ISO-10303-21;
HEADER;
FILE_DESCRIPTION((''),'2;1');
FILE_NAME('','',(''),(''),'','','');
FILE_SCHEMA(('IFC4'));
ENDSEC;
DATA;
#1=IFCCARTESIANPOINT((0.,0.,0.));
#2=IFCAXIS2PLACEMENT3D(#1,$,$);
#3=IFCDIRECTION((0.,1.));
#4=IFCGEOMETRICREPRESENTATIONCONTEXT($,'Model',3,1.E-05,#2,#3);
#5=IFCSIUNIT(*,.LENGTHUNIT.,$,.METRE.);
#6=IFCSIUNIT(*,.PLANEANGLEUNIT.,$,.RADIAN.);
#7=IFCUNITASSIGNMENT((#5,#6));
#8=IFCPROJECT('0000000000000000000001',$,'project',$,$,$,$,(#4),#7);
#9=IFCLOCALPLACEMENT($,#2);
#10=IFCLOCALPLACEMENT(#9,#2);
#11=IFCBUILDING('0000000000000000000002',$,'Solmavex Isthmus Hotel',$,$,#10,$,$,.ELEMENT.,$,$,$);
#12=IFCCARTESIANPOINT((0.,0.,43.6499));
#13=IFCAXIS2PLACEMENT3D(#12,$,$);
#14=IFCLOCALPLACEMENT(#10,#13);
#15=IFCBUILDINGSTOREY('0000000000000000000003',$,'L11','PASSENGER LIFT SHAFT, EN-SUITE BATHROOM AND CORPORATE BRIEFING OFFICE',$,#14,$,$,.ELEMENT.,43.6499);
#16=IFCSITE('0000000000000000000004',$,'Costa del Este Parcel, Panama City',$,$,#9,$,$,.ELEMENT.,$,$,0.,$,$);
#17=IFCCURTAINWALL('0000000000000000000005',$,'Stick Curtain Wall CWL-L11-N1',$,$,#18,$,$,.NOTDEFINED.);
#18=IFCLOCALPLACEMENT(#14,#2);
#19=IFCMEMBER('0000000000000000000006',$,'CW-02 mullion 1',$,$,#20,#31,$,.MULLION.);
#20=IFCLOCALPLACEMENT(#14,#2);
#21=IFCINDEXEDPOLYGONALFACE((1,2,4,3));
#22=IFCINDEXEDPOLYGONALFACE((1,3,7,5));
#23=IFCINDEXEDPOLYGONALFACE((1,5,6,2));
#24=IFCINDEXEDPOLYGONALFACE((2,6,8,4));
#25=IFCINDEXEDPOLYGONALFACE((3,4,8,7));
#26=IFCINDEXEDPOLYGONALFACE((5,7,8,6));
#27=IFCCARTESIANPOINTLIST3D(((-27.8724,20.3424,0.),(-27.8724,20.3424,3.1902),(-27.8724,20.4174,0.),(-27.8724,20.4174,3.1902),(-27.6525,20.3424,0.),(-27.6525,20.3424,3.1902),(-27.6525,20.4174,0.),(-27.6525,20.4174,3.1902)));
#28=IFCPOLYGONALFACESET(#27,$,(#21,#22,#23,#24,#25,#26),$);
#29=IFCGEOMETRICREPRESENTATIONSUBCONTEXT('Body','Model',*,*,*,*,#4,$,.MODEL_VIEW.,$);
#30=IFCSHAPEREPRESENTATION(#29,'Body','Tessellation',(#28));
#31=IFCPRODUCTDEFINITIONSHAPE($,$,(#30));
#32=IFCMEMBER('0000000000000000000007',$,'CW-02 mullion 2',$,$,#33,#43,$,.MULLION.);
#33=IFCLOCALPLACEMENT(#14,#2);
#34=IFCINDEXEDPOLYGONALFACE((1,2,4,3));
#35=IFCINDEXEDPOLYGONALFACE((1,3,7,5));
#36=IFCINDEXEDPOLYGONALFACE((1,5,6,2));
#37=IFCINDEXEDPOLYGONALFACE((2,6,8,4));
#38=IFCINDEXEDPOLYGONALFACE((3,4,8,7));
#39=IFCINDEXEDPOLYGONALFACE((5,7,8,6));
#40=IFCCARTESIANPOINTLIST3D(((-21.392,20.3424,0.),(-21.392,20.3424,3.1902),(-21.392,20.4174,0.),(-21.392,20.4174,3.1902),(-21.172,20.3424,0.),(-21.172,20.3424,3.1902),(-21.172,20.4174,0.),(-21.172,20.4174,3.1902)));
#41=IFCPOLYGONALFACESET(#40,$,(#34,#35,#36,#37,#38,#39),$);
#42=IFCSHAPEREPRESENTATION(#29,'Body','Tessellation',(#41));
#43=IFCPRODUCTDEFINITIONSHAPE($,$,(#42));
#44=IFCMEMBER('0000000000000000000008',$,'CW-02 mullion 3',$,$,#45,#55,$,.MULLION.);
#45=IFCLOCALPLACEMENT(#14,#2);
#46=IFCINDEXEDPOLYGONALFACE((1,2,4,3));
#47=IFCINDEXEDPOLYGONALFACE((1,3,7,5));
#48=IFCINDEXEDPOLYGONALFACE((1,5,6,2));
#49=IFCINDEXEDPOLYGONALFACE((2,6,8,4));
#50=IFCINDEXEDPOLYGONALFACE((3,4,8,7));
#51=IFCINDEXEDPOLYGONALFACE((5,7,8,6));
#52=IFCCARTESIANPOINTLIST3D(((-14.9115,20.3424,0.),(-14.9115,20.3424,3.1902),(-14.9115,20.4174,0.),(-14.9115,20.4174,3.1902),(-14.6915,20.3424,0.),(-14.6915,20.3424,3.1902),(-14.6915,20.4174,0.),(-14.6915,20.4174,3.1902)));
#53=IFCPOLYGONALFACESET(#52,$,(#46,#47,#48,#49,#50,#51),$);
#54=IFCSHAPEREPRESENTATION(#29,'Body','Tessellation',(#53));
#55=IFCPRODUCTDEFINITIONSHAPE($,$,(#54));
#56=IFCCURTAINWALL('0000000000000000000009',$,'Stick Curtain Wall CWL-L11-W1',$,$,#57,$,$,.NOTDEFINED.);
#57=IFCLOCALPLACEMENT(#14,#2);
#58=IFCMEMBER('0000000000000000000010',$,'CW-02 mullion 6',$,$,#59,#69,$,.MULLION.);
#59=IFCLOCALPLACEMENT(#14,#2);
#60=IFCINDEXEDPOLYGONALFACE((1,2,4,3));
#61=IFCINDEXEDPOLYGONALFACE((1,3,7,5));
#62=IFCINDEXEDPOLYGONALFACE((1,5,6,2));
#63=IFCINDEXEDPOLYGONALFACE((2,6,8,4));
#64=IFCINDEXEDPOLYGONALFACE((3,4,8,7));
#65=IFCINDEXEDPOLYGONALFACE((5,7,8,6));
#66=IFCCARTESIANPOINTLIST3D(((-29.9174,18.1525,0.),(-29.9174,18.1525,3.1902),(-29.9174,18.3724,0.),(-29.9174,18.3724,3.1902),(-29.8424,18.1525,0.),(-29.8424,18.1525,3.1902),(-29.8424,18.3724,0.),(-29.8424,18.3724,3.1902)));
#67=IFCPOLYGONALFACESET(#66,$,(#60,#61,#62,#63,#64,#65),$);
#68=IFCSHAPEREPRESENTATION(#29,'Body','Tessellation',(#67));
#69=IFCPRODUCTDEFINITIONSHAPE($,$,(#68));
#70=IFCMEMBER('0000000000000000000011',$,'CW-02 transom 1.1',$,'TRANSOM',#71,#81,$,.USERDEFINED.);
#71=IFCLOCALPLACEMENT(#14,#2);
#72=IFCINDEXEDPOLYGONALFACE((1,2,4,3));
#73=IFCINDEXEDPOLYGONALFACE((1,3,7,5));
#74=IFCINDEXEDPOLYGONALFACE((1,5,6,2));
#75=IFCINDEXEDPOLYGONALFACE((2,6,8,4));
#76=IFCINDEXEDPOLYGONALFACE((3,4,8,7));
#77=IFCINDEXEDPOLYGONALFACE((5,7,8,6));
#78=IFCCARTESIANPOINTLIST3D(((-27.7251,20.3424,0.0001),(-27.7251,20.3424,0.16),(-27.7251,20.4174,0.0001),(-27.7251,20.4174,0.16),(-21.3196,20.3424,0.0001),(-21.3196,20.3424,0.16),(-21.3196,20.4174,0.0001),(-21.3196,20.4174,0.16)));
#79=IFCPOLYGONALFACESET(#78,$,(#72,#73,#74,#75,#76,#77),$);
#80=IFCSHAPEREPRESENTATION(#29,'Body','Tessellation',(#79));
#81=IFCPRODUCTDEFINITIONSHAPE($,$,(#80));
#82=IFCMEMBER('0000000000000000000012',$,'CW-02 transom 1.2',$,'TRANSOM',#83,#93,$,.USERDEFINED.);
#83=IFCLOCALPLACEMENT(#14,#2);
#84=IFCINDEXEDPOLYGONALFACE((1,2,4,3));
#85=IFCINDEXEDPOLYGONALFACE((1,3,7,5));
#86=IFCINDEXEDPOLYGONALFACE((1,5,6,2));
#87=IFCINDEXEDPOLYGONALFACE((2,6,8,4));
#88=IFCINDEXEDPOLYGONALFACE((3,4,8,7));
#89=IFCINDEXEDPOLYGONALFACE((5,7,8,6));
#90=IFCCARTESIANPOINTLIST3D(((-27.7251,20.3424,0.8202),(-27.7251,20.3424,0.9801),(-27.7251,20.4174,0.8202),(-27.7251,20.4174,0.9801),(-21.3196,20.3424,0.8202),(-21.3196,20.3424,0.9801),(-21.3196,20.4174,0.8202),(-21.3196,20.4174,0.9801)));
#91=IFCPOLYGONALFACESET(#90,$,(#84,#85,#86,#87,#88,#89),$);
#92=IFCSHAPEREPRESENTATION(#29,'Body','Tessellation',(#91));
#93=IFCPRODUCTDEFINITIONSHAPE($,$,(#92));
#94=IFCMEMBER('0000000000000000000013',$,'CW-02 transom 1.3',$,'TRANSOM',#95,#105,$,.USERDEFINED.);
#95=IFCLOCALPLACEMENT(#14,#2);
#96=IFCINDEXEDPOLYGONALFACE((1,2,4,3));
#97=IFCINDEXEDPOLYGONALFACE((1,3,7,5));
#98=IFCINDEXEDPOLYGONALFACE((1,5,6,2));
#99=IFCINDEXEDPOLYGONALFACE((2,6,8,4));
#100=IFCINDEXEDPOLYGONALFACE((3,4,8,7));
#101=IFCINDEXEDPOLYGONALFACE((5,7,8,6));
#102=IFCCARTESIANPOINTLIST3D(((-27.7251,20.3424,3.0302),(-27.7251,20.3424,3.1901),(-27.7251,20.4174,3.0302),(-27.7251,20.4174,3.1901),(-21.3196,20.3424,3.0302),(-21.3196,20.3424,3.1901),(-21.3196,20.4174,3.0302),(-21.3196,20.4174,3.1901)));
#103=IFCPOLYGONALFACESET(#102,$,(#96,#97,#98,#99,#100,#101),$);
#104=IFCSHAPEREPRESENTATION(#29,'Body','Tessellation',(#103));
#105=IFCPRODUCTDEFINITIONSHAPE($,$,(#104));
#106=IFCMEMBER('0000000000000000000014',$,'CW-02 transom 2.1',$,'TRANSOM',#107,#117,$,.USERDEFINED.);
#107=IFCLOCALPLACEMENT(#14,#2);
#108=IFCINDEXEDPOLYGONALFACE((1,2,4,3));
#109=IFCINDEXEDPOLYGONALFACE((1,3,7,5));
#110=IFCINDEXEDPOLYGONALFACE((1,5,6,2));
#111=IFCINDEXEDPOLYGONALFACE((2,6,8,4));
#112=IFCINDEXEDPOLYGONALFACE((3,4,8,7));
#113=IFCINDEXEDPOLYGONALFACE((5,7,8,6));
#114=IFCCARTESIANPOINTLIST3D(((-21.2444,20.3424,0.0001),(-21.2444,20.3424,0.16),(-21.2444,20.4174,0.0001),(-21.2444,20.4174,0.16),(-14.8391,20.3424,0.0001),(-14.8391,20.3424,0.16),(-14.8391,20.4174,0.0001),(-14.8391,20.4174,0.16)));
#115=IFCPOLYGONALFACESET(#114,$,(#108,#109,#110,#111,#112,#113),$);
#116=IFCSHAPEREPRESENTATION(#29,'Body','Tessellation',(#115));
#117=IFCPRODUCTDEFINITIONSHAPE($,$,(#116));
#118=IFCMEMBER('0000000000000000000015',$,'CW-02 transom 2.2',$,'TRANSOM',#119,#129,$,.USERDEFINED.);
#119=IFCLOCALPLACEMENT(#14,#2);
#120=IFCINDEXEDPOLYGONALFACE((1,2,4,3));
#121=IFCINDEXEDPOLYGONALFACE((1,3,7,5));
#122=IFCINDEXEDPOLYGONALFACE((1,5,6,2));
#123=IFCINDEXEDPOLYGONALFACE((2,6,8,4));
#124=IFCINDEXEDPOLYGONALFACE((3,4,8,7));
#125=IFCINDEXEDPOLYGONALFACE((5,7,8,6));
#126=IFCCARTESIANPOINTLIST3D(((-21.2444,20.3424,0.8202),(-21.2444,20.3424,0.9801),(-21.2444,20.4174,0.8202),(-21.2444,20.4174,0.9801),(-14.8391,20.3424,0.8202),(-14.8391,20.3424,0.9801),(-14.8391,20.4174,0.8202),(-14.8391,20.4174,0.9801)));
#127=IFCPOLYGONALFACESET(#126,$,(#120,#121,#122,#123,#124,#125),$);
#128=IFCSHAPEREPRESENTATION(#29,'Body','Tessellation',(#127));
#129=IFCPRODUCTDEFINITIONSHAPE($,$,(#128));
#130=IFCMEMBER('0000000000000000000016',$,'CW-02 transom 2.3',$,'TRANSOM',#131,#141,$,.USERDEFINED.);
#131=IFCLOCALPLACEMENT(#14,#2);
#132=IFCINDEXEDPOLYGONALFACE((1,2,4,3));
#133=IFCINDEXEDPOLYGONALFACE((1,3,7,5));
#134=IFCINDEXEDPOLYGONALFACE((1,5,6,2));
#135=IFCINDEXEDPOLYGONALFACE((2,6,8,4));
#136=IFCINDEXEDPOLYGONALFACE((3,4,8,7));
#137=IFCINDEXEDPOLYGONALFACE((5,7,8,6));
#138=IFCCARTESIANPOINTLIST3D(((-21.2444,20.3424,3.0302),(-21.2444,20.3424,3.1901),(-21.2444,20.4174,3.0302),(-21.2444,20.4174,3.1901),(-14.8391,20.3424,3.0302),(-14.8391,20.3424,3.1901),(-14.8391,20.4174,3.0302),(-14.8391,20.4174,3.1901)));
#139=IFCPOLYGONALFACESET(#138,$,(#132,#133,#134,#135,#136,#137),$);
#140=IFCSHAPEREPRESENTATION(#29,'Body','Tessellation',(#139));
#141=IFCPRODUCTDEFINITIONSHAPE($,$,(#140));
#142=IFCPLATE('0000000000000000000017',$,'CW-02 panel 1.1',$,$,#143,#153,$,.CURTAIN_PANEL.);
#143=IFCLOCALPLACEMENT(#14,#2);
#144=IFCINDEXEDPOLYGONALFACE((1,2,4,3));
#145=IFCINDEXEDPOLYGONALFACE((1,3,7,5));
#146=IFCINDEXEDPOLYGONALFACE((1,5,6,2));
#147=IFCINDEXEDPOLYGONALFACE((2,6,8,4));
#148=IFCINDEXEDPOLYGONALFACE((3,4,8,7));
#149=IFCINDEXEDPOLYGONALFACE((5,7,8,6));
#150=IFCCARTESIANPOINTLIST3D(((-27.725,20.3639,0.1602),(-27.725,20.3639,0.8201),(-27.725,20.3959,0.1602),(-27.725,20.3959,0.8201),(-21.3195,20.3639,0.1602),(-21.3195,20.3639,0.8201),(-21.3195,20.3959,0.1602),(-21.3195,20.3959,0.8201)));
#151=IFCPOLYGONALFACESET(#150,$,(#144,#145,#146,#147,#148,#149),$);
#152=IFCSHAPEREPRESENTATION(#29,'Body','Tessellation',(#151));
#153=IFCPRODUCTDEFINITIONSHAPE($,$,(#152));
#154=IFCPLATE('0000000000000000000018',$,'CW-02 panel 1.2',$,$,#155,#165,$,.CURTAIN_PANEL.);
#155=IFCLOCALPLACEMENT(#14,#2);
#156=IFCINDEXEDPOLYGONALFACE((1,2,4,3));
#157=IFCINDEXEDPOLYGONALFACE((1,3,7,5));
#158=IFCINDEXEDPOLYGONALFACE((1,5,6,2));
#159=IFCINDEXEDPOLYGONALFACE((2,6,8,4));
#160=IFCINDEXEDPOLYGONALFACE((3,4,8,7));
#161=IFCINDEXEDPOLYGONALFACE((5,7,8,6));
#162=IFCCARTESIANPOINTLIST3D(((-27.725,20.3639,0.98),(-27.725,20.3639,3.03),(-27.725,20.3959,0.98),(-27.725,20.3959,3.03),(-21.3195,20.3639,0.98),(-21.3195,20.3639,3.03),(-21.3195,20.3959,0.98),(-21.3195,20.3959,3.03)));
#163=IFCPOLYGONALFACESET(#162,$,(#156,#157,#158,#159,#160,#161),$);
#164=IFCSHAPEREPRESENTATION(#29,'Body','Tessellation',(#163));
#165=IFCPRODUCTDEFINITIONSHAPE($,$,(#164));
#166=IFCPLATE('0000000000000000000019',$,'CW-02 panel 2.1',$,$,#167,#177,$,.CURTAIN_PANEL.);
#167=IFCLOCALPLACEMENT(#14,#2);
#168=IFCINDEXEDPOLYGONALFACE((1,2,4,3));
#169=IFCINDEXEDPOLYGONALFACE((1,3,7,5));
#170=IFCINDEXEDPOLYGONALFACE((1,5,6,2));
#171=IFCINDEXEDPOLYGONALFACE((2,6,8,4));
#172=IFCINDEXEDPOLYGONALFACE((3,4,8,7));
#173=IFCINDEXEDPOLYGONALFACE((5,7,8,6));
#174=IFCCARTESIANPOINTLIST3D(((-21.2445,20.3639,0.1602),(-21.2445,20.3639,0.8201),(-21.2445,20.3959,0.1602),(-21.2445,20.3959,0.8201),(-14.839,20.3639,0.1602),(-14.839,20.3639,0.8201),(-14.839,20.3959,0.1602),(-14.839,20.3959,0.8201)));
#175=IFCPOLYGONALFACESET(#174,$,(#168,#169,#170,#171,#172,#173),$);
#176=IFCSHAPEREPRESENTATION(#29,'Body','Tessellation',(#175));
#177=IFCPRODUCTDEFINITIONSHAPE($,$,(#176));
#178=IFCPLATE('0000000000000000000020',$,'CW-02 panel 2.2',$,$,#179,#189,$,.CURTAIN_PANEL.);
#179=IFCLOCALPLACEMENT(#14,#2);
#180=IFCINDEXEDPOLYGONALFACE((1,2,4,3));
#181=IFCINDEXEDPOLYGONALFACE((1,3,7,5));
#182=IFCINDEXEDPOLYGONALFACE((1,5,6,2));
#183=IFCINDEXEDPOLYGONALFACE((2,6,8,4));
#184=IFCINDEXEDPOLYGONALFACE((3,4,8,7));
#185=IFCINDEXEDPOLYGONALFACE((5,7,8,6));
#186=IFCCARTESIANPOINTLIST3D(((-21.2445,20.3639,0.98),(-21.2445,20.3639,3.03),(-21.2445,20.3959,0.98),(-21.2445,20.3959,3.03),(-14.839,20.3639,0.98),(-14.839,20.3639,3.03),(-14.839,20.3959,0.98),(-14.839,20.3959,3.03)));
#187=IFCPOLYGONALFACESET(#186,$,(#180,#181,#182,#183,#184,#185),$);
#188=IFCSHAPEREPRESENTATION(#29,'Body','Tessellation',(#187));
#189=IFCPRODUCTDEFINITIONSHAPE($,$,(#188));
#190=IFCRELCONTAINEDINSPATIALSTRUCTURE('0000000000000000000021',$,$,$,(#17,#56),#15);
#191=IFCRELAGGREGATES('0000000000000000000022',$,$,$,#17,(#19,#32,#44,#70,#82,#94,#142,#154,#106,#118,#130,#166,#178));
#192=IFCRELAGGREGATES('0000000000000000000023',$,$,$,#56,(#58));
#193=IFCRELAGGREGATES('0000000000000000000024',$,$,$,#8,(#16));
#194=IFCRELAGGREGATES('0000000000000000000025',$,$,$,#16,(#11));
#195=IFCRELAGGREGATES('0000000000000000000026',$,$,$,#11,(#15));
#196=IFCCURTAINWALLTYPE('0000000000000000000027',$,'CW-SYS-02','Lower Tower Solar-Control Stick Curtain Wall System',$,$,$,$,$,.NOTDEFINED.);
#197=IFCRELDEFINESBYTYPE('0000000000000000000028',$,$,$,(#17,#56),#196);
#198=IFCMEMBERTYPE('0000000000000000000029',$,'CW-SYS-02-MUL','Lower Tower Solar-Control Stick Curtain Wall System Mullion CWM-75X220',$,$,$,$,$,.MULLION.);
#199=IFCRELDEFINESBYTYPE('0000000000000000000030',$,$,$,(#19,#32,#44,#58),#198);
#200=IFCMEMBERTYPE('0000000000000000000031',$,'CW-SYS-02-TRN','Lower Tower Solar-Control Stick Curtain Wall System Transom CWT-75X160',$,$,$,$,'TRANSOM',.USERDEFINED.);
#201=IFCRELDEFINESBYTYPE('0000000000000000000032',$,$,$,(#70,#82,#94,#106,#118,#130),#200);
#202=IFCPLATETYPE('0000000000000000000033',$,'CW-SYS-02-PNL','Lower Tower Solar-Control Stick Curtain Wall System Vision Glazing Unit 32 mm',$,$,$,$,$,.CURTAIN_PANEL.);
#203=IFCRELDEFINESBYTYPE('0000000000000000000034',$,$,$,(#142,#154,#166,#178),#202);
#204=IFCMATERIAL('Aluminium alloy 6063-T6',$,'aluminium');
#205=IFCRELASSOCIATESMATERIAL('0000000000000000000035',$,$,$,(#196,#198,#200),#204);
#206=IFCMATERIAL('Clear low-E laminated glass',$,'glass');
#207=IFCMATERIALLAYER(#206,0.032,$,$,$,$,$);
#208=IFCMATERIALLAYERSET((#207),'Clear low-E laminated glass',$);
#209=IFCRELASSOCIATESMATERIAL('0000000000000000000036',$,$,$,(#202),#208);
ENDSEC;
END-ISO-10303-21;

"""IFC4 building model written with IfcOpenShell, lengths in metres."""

from ifc_helpers import new_model, si_unit, direction, frame, origin, origin_2d, place, context, subcontext, project, spatial, rectangle, extrude, material, layer, layer_set, material_profile, profile_set, type_object, element, aggregate, save


model = new_model("IFC4")

# Units and contexts
model_context = context("Model", 3, precision=1e-05, world=origin(), true_north=direction((0.0, 1.0)))
body_context = subcontext(model_context, "Body", "Model", "MODEL_VIEW")
ifc_project = project(units=[si_unit("LENGTHUNIT", "METRE"), si_unit("PLANEANGLEUNIT", "RADIAN")], contexts=[model_context])

# Site, building, storey
site_placement = place(None, origin())
site = spatial("IfcSite", under=ifc_project, at=site_placement, Name="Costa del Este Parcel, Panama City", CompositionType="ELEMENT", RefElevation=0.0)
building_placement = place(site_placement, origin())
building = spatial("IfcBuilding", under=site, at=building_placement, Name="Solmavex Isthmus Hotel", CompositionType="ELEMENT")
storey_placement = place(building_placement, frame((0.0, 0.0, 43.6499)))
storey = spatial("IfcBuildingStorey", under=building, at=storey_placement, Name="L11", Description="PASSENGER LIFT SHAFT, EN-SUITE BATHROOM AND CORPORATE BRIEFING OFFICE", CompositionType="ELEMENT", Elevation=43.6499)

# Curtain wall, members
ifc_material_1 = material(Name="Aluminium alloy 6063-T6", Category="aluminium")
curtain_wall_type = type_object("IfcCurtainWallType", Name="CW-SYS-02", Description="Lower Tower Solar-Control Stick Curtain Wall System", PredefinedType="NOTDEFINED", material=ifc_material_1)
curtain_wall_1_placement = place(storey_placement, origin())
curtain_wall_1 = element("IfcCurtainWall", 1, at=curtain_wall_1_placement, inside=storey, type_object=curtain_wall_type, Name="Stick Curtain Wall CWL-L11-N1", PredefinedType="NOTDEFINED")
ifc_material_profile_1 = material_profile(ifc_material_1, rectangle(XDim=0.075, YDim=0.22, at=origin_2d()), Name="CWM-75X220")
ifc_profile_set_1 = profile_set([ifc_material_profile_1], Name="Aluminium alloy 6063-T6")
member_type_1 = type_object("IfcMemberType", Name="CW-SYS-02-MUL", Description="Lower Tower Solar-Control Stick Curtain Wall System Mullion CWM-75X220", PredefinedType="MULLION", material=ifc_profile_set_1)
member_1_placement = place(storey_placement, frame((-27.7625, 20.3799, 0.0), z_axis=(0.0, 0.0, 1.0), x_axis=(0.0, 1.0, 0.0)))
member_1 = element("IfcMember", 2, at=member_1_placement, type_object=member_type_1, Name="CW-02 mullion 1", PredefinedType="MULLION", context=body_context, shape_type="SweptSolid", body=[
    extrude(rectangle(XDim=0.075, YDim=0.22, at=origin_2d()), origin(), (0.0, 0.0, 1.0), 3.1902),
])
member_2_placement = place(storey_placement, frame((-21.282, 20.3799, 0.0), z_axis=(0.0, 0.0, 1.0), x_axis=(0.0, 1.0, 0.0)))
member_2 = element("IfcMember", 3, at=member_2_placement, type_object=member_type_1, Name="CW-02 mullion 2", PredefinedType="MULLION", context=body_context, shape_type="SweptSolid", body=[
    extrude(rectangle(XDim=0.075, YDim=0.22, at=origin_2d()), origin(), (0.0, 0.0, 1.0), 3.1902),
])
member_3_placement = place(storey_placement, frame((-14.8015, 20.3799, 0.0), z_axis=(0.0, 0.0, 1.0), x_axis=(0.0, 1.0, 0.0)))
member_3 = element("IfcMember", 4, at=member_3_placement, type_object=member_type_1, Name="CW-02 mullion 3", PredefinedType="MULLION", context=body_context, shape_type="SweptSolid", body=[
    extrude(rectangle(XDim=0.075, YDim=0.22, at=origin_2d()), origin(), (0.0, 0.0, 1.0), 3.1902),
])

# Curtain wall, member
curtain_wall_2_placement = place(storey_placement, origin())
curtain_wall_2 = element("IfcCurtainWall", 5, at=curtain_wall_2_placement, inside=storey, type_object=curtain_wall_type, Name="Stick Curtain Wall CWL-L11-W1", PredefinedType="NOTDEFINED")
member_4_placement = place(storey_placement, frame((-29.8799, 18.2625, 0.0), z_axis=(0.0, 0.0, 1.0), x_axis=(-1.0, 0.0, 0.0)))
member_4 = element("IfcMember", 6, at=member_4_placement, type_object=member_type_1, Name="CW-02 mullion 6", PredefinedType="MULLION", context=body_context, shape_type="SweptSolid", body=[
    extrude(rectangle(XDim=0.075, YDim=0.22, at=origin_2d()), origin(), (0.0, 0.0, 1.0), 3.1902),
])

# Members
ifc_material_profile_2 = material_profile(ifc_material_1, rectangle(XDim=0.075, YDim=0.1599, at=origin_2d()), Name="CWT-75X160")
ifc_profile_set_2 = profile_set([ifc_material_profile_2], Name="Aluminium alloy 6063-T6")
member_type_2 = type_object("IfcMemberType", Name="CW-SYS-02-TRN", Description="Lower Tower Solar-Control Stick Curtain Wall System Transom CWT-75X160", ElementType="TRANSOM", PredefinedType="USERDEFINED", material=ifc_profile_set_2)
member_5_placement = place(storey_placement, frame((-27.7251, 20.3799, 0.0801), z_axis=(1.0, 0.0, 0.0), x_axis=(0.0, 1.0, 0.0)))
member_5 = element("IfcMember", 7, at=member_5_placement, type_object=member_type_2, Name="CW-02 transom 1.1", ObjectType="TRANSOM", PredefinedType="USERDEFINED", context=body_context, shape_type="SweptSolid", body=[
    extrude(rectangle(XDim=0.075, YDim=0.1599, at=origin_2d()), origin(), (0.0, 0.0, 1.0), 6.4055),
])
member_6_placement = place(storey_placement, frame((-27.7251, 20.3799, 0.9001), z_axis=(1.0, 0.0, 0.0), x_axis=(0.0, 1.0, 0.0)))
member_6 = element("IfcMember", 8, at=member_6_placement, type_object=member_type_2, Name="CW-02 transom 1.2", ObjectType="TRANSOM", PredefinedType="USERDEFINED", context=body_context, shape_type="SweptSolid", body=[
    extrude(rectangle(XDim=0.075, YDim=0.1599, at=origin_2d()), origin(), (0.0, 0.0, 1.0), 6.4055),
])
member_7_placement = place(storey_placement, frame((-27.7251, 20.3799, 3.1101), z_axis=(1.0, 0.0, 0.0), x_axis=(0.0, 1.0, 0.0)))
member_7 = element("IfcMember", 9, at=member_7_placement, type_object=member_type_2, Name="CW-02 transom 1.3", ObjectType="TRANSOM", PredefinedType="USERDEFINED", context=body_context, shape_type="SweptSolid", body=[
    extrude(rectangle(XDim=0.075, YDim=0.1599, at=origin_2d()), origin(), (0.0, 0.0, 1.0), 6.4055),
])
member_8_placement = place(storey_placement, frame((-21.2444, 20.3799, 0.0801), z_axis=(1.0, 0.0, 0.0), x_axis=(0.0, 1.0, 0.0)))
member_8 = element("IfcMember", 10, at=member_8_placement, type_object=member_type_2, Name="CW-02 transom 2.1", ObjectType="TRANSOM", PredefinedType="USERDEFINED", context=body_context, shape_type="SweptSolid", body=[
    extrude(rectangle(XDim=0.075, YDim=0.1599, at=origin_2d()), origin(), (0.0, 0.0, 1.0), 6.4053),
])
member_9_placement = place(storey_placement, frame((-21.2444, 20.3799, 0.9001), z_axis=(1.0, 0.0, 0.0), x_axis=(0.0, 1.0, 0.0)))
member_9 = element("IfcMember", 11, at=member_9_placement, type_object=member_type_2, Name="CW-02 transom 2.2", ObjectType="TRANSOM", PredefinedType="USERDEFINED", context=body_context, shape_type="SweptSolid", body=[
    extrude(rectangle(XDim=0.075, YDim=0.1599, at=origin_2d()), origin(), (0.0, 0.0, 1.0), 6.4053),
])
member_10_placement = place(storey_placement, frame((-21.2444, 20.3799, 3.1101), z_axis=(1.0, 0.0, 0.0), x_axis=(0.0, 1.0, 0.0)))
member_10 = element("IfcMember", 12, at=member_10_placement, type_object=member_type_2, Name="CW-02 transom 2.3", ObjectType="TRANSOM", PredefinedType="USERDEFINED", context=body_context, shape_type="SweptSolid", body=[
    extrude(rectangle(XDim=0.075, YDim=0.1599, at=origin_2d()), origin(), (0.0, 0.0, 1.0), 6.4053),
])

# Plates
ifc_material_2 = material(Name="Clear low-E laminated glass", Category="glass")
ifc_layer_1 = layer(ifc_material_2, 0.032)
ifc_layer_set_1 = layer_set([ifc_layer_1], Name="Clear low-E laminated glass")
plate_type = type_object("IfcPlateType", Name="CW-SYS-02-PNL", Description="Lower Tower Solar-Control Stick Curtain Wall System Vision Glazing Unit 32 mm", PredefinedType="CURTAIN_PANEL", material=ifc_layer_set_1)
plate_1_placement = place(storey_placement, frame((-24.5222, 20.3799, 0.1602), z_axis=(0.0, 0.0, 1.0), x_axis=(1.0, 0.0, 0.0)))
plate_1 = element("IfcPlate", 13, at=plate_1_placement, type_object=plate_type, Name="CW-02 panel 1.1", PredefinedType="CURTAIN_PANEL", context=body_context, shape_type="SweptSolid", body=[
    extrude(rectangle(XDim=6.4055, YDim=0.032, at=origin_2d()), origin(), (0.0, 0.0, 1.0), 0.6599),
])
plate_2_placement = place(storey_placement, frame((-24.5222, 20.3799, 0.98), z_axis=(0.0, 0.0, 1.0), x_axis=(1.0, 0.0, 0.0)))
plate_2 = element("IfcPlate", 14, at=plate_2_placement, type_object=plate_type, Name="CW-02 panel 1.2", PredefinedType="CURTAIN_PANEL", context=body_context, shape_type="SweptSolid", body=[
    extrude(rectangle(XDim=6.4055, YDim=0.032, at=origin_2d()), origin(), (0.0, 0.0, 1.0), 2.05),
])
plate_3_placement = place(storey_placement, frame((-18.0417, 20.3799, 0.1602), z_axis=(0.0, 0.0, 1.0), x_axis=(1.0, 0.0, 0.0)))
plate_3 = element("IfcPlate", 15, at=plate_3_placement, type_object=plate_type, Name="CW-02 panel 2.1", PredefinedType="CURTAIN_PANEL", context=body_context, shape_type="SweptSolid", body=[
    extrude(rectangle(XDim=6.4055, YDim=0.032, at=origin_2d()), origin(), (0.0, 0.0, 1.0), 0.6599),
])
plate_4_placement = place(storey_placement, frame((-18.0417, 20.3799, 0.98), z_axis=(0.0, 0.0, 1.0), x_axis=(1.0, 0.0, 0.0)))
plate_4 = element("IfcPlate", 16, at=plate_4_placement, type_object=plate_type, Name="CW-02 panel 2.2", PredefinedType="CURTAIN_PANEL", context=body_context, shape_type="SweptSolid", body=[
    extrude(rectangle(XDim=6.4055, YDim=0.032, at=origin_2d()), origin(), (0.0, 0.0, 1.0), 2.05),
])
aggregate(curtain_wall_1, [member_1, member_2, member_3, member_5, member_6, member_7, plate_1, plate_2, member_8, member_9, member_10, plate_3, plate_4])
aggregate(curtain_wall_2, [member_4])

save(model, "model.ifc")
